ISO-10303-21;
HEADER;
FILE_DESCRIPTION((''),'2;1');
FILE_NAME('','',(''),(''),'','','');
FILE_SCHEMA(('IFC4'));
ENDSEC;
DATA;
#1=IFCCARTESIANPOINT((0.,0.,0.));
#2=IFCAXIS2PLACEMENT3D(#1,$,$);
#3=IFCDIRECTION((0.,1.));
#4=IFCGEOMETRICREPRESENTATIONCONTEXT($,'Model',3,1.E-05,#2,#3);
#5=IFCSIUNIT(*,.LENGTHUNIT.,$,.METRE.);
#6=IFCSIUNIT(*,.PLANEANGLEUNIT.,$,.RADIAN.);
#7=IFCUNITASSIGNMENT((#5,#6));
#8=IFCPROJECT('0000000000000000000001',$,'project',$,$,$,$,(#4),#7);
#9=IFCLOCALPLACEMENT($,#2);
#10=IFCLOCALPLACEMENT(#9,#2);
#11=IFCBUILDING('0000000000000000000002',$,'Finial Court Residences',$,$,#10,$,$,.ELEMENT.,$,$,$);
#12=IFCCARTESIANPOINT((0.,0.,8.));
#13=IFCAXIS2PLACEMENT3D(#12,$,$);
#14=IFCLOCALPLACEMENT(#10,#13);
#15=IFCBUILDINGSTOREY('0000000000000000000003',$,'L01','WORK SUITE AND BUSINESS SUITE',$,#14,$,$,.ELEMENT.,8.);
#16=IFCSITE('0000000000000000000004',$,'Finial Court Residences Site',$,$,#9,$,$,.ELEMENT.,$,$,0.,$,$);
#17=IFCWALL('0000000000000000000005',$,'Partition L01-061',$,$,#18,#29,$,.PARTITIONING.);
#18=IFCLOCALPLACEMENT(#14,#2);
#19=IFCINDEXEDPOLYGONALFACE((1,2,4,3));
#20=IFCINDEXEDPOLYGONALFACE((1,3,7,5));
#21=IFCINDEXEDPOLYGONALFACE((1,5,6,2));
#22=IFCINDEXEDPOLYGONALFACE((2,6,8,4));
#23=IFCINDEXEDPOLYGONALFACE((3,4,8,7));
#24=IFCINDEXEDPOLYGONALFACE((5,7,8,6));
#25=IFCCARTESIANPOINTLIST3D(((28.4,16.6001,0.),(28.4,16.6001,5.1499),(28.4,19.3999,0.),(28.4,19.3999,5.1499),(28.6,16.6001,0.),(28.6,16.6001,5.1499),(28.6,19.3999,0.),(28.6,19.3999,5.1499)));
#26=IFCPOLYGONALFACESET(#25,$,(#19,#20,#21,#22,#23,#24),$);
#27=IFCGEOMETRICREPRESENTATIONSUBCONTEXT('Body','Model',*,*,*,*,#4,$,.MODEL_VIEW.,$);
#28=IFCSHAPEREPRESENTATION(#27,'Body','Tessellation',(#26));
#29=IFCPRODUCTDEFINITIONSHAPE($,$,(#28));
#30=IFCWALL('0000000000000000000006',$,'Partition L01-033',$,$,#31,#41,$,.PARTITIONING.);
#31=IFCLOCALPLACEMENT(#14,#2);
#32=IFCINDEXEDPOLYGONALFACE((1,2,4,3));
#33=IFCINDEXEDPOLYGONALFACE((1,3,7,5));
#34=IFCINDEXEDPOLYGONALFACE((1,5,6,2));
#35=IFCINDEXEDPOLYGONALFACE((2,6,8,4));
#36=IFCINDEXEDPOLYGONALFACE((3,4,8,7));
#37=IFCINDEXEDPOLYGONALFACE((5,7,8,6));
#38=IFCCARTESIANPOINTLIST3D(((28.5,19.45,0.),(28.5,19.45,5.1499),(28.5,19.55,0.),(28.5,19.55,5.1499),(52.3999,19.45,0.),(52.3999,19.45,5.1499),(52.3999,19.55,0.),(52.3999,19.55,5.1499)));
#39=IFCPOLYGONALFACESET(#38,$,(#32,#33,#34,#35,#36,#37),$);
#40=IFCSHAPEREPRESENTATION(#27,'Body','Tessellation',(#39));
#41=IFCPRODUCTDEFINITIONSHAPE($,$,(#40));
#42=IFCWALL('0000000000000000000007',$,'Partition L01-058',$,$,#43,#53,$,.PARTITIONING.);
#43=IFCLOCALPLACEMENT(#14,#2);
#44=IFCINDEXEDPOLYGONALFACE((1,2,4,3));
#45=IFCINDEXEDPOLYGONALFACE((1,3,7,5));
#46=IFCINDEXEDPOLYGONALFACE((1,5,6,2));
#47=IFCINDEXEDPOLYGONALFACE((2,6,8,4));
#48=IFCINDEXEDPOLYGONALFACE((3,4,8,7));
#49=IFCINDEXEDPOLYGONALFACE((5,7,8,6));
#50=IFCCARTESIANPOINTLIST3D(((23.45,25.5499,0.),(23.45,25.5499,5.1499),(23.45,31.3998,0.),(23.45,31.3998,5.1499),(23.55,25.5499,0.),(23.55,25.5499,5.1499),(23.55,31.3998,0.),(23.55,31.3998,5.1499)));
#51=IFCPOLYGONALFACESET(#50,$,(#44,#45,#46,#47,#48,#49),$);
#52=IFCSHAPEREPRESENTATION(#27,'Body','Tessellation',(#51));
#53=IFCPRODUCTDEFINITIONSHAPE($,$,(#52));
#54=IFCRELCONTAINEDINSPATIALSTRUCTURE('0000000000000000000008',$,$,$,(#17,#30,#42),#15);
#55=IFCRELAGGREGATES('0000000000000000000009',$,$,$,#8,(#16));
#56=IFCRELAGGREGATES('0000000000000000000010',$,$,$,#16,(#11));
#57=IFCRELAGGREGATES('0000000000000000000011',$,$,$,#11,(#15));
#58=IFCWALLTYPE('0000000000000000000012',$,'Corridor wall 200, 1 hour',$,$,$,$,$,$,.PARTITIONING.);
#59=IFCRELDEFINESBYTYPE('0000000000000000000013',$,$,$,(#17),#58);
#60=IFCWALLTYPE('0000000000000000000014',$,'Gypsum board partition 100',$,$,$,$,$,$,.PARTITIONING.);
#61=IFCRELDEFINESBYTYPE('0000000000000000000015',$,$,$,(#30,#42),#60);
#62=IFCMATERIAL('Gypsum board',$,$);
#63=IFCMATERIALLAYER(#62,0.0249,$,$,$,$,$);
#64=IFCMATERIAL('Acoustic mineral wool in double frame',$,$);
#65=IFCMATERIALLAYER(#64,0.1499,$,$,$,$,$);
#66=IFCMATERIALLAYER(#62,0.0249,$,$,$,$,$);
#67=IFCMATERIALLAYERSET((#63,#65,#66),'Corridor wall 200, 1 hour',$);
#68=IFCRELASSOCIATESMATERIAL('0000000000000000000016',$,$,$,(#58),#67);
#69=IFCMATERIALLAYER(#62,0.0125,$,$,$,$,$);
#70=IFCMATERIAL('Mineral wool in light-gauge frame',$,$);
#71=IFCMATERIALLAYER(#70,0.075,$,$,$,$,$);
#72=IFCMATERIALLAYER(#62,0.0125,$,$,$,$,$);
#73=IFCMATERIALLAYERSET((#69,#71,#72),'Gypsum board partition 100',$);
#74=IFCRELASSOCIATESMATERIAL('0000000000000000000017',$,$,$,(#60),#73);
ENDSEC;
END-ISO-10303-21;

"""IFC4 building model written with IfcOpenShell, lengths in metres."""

from ifc_helpers import new_model, si_unit, direction, frame, frame_2d, origin, place, context, subcontext, project, spatial, rectangle, extrude, material, layer, layer_set, type_object, element, save


model = new_model("IFC4")

# Units and contexts
model_context = context("Model", 3, precision=1e-05, world=origin(), true_north=direction((0.0, 1.0)))
body_context = subcontext(model_context, "Body", "Model", "MODEL_VIEW")
ifc_project = project(units=[si_unit("LENGTHUNIT", "METRE"), si_unit("PLANEANGLEUNIT", "RADIAN")], contexts=[model_context])

# Site, building, storey
site_placement = place(None, origin())
site = spatial("IfcSite", under=ifc_project, at=site_placement, Name="Finial Court Residences Site", CompositionType="ELEMENT", RefElevation=0.0)
building_placement = place(site_placement, origin())
building = spatial("IfcBuilding", under=site, at=building_placement, Name="Finial Court Residences", CompositionType="ELEMENT")
storey_placement = place(building_placement, frame((0.0, 0.0, 8.0)))
storey = spatial("IfcBuildingStorey", under=building, at=storey_placement, Name="L01", Description="WORK SUITE AND BUSINESS SUITE", CompositionType="ELEMENT", Elevation=8.0)

# Shared definitions
ifc_material_1 = material(Name="Gypsum board")
ifc_layer_1 = layer(ifc_material_1, 0.0249)
ifc_material_2 = material(Name="Acoustic mineral wool in double frame")
ifc_layer_2 = layer(ifc_material_2, 0.1499)
ifc_layer_3 = layer(ifc_material_1, 0.0249)
ifc_layer_set_1 = layer_set([ifc_layer_1, ifc_layer_2, ifc_layer_3], Name="Corridor wall 200, 1 hour")
wall_type_1 = type_object("IfcWallType", Name="Corridor wall 200, 1 hour", PredefinedType="PARTITIONING", material=ifc_layer_set_1)

# Walls
wall_1_placement = place(storey_placement, frame((28.5, 16.6001, 0.0), z_axis=(0.0, 0.0, 1.0), x_axis=(0.0, 1.0, 0.0)))
element("IfcWall", 1, at=wall_1_placement, inside=storey, type_object=wall_type_1, Name="Partition L01-061", PredefinedType="PARTITIONING", context=body_context, shape_type="SweptSolid", body=[
    extrude(rectangle(XDim=2.7998, YDim=0.2, at=frame_2d((1.3999, 0.0))), origin(), (0.0, 0.0, 1.0), 5.1499),
])
ifc_layer_4 = layer(ifc_material_1, 0.0125)
ifc_material_3 = material(Name="Mineral wool in light-gauge frame")
ifc_layer_5 = layer(ifc_material_3, 0.075)
ifc_layer_6 = layer(ifc_material_1, 0.0125)
ifc_layer_set_2 = layer_set([ifc_layer_4, ifc_layer_5, ifc_layer_6], Name="Gypsum board partition 100")
wall_type_2 = type_object("IfcWallType", Name="Gypsum board partition 100", PredefinedType="PARTITIONING", material=ifc_layer_set_2)
wall_2_placement = place(storey_placement, frame((28.5, 19.5, 0.0), z_axis=(0.0, 0.0, 1.0), x_axis=(1.0, 0.0, 0.0)))
element("IfcWall", 2, at=wall_2_placement, inside=storey, type_object=wall_type_2, Name="Partition L01-033", PredefinedType="PARTITIONING", context=body_context, shape_type="SweptSolid", body=[
    extrude(rectangle(XDim=23.8999, YDim=0.1001, at=frame_2d((11.95, 0.0))), origin(), (0.0, 0.0, 1.0), 5.1499),
])
wall_3_placement = place(storey_placement, frame((23.5, 25.55, 0.0), z_axis=(0.0, 0.0, 1.0), x_axis=(0.0, 1.0, 0.0)))
element("IfcWall", 3, at=wall_3_placement, inside=storey, type_object=wall_type_2, Name="Partition L01-058", PredefinedType="PARTITIONING", context=body_context, shape_type="SweptSolid", body=[
    extrude(rectangle(XDim=5.8499, YDim=0.1001, at=frame_2d((2.9248, 0.0))), origin(), (0.0, 0.0, 1.0), 5.1499),
])

save(model, "model.ifc")
